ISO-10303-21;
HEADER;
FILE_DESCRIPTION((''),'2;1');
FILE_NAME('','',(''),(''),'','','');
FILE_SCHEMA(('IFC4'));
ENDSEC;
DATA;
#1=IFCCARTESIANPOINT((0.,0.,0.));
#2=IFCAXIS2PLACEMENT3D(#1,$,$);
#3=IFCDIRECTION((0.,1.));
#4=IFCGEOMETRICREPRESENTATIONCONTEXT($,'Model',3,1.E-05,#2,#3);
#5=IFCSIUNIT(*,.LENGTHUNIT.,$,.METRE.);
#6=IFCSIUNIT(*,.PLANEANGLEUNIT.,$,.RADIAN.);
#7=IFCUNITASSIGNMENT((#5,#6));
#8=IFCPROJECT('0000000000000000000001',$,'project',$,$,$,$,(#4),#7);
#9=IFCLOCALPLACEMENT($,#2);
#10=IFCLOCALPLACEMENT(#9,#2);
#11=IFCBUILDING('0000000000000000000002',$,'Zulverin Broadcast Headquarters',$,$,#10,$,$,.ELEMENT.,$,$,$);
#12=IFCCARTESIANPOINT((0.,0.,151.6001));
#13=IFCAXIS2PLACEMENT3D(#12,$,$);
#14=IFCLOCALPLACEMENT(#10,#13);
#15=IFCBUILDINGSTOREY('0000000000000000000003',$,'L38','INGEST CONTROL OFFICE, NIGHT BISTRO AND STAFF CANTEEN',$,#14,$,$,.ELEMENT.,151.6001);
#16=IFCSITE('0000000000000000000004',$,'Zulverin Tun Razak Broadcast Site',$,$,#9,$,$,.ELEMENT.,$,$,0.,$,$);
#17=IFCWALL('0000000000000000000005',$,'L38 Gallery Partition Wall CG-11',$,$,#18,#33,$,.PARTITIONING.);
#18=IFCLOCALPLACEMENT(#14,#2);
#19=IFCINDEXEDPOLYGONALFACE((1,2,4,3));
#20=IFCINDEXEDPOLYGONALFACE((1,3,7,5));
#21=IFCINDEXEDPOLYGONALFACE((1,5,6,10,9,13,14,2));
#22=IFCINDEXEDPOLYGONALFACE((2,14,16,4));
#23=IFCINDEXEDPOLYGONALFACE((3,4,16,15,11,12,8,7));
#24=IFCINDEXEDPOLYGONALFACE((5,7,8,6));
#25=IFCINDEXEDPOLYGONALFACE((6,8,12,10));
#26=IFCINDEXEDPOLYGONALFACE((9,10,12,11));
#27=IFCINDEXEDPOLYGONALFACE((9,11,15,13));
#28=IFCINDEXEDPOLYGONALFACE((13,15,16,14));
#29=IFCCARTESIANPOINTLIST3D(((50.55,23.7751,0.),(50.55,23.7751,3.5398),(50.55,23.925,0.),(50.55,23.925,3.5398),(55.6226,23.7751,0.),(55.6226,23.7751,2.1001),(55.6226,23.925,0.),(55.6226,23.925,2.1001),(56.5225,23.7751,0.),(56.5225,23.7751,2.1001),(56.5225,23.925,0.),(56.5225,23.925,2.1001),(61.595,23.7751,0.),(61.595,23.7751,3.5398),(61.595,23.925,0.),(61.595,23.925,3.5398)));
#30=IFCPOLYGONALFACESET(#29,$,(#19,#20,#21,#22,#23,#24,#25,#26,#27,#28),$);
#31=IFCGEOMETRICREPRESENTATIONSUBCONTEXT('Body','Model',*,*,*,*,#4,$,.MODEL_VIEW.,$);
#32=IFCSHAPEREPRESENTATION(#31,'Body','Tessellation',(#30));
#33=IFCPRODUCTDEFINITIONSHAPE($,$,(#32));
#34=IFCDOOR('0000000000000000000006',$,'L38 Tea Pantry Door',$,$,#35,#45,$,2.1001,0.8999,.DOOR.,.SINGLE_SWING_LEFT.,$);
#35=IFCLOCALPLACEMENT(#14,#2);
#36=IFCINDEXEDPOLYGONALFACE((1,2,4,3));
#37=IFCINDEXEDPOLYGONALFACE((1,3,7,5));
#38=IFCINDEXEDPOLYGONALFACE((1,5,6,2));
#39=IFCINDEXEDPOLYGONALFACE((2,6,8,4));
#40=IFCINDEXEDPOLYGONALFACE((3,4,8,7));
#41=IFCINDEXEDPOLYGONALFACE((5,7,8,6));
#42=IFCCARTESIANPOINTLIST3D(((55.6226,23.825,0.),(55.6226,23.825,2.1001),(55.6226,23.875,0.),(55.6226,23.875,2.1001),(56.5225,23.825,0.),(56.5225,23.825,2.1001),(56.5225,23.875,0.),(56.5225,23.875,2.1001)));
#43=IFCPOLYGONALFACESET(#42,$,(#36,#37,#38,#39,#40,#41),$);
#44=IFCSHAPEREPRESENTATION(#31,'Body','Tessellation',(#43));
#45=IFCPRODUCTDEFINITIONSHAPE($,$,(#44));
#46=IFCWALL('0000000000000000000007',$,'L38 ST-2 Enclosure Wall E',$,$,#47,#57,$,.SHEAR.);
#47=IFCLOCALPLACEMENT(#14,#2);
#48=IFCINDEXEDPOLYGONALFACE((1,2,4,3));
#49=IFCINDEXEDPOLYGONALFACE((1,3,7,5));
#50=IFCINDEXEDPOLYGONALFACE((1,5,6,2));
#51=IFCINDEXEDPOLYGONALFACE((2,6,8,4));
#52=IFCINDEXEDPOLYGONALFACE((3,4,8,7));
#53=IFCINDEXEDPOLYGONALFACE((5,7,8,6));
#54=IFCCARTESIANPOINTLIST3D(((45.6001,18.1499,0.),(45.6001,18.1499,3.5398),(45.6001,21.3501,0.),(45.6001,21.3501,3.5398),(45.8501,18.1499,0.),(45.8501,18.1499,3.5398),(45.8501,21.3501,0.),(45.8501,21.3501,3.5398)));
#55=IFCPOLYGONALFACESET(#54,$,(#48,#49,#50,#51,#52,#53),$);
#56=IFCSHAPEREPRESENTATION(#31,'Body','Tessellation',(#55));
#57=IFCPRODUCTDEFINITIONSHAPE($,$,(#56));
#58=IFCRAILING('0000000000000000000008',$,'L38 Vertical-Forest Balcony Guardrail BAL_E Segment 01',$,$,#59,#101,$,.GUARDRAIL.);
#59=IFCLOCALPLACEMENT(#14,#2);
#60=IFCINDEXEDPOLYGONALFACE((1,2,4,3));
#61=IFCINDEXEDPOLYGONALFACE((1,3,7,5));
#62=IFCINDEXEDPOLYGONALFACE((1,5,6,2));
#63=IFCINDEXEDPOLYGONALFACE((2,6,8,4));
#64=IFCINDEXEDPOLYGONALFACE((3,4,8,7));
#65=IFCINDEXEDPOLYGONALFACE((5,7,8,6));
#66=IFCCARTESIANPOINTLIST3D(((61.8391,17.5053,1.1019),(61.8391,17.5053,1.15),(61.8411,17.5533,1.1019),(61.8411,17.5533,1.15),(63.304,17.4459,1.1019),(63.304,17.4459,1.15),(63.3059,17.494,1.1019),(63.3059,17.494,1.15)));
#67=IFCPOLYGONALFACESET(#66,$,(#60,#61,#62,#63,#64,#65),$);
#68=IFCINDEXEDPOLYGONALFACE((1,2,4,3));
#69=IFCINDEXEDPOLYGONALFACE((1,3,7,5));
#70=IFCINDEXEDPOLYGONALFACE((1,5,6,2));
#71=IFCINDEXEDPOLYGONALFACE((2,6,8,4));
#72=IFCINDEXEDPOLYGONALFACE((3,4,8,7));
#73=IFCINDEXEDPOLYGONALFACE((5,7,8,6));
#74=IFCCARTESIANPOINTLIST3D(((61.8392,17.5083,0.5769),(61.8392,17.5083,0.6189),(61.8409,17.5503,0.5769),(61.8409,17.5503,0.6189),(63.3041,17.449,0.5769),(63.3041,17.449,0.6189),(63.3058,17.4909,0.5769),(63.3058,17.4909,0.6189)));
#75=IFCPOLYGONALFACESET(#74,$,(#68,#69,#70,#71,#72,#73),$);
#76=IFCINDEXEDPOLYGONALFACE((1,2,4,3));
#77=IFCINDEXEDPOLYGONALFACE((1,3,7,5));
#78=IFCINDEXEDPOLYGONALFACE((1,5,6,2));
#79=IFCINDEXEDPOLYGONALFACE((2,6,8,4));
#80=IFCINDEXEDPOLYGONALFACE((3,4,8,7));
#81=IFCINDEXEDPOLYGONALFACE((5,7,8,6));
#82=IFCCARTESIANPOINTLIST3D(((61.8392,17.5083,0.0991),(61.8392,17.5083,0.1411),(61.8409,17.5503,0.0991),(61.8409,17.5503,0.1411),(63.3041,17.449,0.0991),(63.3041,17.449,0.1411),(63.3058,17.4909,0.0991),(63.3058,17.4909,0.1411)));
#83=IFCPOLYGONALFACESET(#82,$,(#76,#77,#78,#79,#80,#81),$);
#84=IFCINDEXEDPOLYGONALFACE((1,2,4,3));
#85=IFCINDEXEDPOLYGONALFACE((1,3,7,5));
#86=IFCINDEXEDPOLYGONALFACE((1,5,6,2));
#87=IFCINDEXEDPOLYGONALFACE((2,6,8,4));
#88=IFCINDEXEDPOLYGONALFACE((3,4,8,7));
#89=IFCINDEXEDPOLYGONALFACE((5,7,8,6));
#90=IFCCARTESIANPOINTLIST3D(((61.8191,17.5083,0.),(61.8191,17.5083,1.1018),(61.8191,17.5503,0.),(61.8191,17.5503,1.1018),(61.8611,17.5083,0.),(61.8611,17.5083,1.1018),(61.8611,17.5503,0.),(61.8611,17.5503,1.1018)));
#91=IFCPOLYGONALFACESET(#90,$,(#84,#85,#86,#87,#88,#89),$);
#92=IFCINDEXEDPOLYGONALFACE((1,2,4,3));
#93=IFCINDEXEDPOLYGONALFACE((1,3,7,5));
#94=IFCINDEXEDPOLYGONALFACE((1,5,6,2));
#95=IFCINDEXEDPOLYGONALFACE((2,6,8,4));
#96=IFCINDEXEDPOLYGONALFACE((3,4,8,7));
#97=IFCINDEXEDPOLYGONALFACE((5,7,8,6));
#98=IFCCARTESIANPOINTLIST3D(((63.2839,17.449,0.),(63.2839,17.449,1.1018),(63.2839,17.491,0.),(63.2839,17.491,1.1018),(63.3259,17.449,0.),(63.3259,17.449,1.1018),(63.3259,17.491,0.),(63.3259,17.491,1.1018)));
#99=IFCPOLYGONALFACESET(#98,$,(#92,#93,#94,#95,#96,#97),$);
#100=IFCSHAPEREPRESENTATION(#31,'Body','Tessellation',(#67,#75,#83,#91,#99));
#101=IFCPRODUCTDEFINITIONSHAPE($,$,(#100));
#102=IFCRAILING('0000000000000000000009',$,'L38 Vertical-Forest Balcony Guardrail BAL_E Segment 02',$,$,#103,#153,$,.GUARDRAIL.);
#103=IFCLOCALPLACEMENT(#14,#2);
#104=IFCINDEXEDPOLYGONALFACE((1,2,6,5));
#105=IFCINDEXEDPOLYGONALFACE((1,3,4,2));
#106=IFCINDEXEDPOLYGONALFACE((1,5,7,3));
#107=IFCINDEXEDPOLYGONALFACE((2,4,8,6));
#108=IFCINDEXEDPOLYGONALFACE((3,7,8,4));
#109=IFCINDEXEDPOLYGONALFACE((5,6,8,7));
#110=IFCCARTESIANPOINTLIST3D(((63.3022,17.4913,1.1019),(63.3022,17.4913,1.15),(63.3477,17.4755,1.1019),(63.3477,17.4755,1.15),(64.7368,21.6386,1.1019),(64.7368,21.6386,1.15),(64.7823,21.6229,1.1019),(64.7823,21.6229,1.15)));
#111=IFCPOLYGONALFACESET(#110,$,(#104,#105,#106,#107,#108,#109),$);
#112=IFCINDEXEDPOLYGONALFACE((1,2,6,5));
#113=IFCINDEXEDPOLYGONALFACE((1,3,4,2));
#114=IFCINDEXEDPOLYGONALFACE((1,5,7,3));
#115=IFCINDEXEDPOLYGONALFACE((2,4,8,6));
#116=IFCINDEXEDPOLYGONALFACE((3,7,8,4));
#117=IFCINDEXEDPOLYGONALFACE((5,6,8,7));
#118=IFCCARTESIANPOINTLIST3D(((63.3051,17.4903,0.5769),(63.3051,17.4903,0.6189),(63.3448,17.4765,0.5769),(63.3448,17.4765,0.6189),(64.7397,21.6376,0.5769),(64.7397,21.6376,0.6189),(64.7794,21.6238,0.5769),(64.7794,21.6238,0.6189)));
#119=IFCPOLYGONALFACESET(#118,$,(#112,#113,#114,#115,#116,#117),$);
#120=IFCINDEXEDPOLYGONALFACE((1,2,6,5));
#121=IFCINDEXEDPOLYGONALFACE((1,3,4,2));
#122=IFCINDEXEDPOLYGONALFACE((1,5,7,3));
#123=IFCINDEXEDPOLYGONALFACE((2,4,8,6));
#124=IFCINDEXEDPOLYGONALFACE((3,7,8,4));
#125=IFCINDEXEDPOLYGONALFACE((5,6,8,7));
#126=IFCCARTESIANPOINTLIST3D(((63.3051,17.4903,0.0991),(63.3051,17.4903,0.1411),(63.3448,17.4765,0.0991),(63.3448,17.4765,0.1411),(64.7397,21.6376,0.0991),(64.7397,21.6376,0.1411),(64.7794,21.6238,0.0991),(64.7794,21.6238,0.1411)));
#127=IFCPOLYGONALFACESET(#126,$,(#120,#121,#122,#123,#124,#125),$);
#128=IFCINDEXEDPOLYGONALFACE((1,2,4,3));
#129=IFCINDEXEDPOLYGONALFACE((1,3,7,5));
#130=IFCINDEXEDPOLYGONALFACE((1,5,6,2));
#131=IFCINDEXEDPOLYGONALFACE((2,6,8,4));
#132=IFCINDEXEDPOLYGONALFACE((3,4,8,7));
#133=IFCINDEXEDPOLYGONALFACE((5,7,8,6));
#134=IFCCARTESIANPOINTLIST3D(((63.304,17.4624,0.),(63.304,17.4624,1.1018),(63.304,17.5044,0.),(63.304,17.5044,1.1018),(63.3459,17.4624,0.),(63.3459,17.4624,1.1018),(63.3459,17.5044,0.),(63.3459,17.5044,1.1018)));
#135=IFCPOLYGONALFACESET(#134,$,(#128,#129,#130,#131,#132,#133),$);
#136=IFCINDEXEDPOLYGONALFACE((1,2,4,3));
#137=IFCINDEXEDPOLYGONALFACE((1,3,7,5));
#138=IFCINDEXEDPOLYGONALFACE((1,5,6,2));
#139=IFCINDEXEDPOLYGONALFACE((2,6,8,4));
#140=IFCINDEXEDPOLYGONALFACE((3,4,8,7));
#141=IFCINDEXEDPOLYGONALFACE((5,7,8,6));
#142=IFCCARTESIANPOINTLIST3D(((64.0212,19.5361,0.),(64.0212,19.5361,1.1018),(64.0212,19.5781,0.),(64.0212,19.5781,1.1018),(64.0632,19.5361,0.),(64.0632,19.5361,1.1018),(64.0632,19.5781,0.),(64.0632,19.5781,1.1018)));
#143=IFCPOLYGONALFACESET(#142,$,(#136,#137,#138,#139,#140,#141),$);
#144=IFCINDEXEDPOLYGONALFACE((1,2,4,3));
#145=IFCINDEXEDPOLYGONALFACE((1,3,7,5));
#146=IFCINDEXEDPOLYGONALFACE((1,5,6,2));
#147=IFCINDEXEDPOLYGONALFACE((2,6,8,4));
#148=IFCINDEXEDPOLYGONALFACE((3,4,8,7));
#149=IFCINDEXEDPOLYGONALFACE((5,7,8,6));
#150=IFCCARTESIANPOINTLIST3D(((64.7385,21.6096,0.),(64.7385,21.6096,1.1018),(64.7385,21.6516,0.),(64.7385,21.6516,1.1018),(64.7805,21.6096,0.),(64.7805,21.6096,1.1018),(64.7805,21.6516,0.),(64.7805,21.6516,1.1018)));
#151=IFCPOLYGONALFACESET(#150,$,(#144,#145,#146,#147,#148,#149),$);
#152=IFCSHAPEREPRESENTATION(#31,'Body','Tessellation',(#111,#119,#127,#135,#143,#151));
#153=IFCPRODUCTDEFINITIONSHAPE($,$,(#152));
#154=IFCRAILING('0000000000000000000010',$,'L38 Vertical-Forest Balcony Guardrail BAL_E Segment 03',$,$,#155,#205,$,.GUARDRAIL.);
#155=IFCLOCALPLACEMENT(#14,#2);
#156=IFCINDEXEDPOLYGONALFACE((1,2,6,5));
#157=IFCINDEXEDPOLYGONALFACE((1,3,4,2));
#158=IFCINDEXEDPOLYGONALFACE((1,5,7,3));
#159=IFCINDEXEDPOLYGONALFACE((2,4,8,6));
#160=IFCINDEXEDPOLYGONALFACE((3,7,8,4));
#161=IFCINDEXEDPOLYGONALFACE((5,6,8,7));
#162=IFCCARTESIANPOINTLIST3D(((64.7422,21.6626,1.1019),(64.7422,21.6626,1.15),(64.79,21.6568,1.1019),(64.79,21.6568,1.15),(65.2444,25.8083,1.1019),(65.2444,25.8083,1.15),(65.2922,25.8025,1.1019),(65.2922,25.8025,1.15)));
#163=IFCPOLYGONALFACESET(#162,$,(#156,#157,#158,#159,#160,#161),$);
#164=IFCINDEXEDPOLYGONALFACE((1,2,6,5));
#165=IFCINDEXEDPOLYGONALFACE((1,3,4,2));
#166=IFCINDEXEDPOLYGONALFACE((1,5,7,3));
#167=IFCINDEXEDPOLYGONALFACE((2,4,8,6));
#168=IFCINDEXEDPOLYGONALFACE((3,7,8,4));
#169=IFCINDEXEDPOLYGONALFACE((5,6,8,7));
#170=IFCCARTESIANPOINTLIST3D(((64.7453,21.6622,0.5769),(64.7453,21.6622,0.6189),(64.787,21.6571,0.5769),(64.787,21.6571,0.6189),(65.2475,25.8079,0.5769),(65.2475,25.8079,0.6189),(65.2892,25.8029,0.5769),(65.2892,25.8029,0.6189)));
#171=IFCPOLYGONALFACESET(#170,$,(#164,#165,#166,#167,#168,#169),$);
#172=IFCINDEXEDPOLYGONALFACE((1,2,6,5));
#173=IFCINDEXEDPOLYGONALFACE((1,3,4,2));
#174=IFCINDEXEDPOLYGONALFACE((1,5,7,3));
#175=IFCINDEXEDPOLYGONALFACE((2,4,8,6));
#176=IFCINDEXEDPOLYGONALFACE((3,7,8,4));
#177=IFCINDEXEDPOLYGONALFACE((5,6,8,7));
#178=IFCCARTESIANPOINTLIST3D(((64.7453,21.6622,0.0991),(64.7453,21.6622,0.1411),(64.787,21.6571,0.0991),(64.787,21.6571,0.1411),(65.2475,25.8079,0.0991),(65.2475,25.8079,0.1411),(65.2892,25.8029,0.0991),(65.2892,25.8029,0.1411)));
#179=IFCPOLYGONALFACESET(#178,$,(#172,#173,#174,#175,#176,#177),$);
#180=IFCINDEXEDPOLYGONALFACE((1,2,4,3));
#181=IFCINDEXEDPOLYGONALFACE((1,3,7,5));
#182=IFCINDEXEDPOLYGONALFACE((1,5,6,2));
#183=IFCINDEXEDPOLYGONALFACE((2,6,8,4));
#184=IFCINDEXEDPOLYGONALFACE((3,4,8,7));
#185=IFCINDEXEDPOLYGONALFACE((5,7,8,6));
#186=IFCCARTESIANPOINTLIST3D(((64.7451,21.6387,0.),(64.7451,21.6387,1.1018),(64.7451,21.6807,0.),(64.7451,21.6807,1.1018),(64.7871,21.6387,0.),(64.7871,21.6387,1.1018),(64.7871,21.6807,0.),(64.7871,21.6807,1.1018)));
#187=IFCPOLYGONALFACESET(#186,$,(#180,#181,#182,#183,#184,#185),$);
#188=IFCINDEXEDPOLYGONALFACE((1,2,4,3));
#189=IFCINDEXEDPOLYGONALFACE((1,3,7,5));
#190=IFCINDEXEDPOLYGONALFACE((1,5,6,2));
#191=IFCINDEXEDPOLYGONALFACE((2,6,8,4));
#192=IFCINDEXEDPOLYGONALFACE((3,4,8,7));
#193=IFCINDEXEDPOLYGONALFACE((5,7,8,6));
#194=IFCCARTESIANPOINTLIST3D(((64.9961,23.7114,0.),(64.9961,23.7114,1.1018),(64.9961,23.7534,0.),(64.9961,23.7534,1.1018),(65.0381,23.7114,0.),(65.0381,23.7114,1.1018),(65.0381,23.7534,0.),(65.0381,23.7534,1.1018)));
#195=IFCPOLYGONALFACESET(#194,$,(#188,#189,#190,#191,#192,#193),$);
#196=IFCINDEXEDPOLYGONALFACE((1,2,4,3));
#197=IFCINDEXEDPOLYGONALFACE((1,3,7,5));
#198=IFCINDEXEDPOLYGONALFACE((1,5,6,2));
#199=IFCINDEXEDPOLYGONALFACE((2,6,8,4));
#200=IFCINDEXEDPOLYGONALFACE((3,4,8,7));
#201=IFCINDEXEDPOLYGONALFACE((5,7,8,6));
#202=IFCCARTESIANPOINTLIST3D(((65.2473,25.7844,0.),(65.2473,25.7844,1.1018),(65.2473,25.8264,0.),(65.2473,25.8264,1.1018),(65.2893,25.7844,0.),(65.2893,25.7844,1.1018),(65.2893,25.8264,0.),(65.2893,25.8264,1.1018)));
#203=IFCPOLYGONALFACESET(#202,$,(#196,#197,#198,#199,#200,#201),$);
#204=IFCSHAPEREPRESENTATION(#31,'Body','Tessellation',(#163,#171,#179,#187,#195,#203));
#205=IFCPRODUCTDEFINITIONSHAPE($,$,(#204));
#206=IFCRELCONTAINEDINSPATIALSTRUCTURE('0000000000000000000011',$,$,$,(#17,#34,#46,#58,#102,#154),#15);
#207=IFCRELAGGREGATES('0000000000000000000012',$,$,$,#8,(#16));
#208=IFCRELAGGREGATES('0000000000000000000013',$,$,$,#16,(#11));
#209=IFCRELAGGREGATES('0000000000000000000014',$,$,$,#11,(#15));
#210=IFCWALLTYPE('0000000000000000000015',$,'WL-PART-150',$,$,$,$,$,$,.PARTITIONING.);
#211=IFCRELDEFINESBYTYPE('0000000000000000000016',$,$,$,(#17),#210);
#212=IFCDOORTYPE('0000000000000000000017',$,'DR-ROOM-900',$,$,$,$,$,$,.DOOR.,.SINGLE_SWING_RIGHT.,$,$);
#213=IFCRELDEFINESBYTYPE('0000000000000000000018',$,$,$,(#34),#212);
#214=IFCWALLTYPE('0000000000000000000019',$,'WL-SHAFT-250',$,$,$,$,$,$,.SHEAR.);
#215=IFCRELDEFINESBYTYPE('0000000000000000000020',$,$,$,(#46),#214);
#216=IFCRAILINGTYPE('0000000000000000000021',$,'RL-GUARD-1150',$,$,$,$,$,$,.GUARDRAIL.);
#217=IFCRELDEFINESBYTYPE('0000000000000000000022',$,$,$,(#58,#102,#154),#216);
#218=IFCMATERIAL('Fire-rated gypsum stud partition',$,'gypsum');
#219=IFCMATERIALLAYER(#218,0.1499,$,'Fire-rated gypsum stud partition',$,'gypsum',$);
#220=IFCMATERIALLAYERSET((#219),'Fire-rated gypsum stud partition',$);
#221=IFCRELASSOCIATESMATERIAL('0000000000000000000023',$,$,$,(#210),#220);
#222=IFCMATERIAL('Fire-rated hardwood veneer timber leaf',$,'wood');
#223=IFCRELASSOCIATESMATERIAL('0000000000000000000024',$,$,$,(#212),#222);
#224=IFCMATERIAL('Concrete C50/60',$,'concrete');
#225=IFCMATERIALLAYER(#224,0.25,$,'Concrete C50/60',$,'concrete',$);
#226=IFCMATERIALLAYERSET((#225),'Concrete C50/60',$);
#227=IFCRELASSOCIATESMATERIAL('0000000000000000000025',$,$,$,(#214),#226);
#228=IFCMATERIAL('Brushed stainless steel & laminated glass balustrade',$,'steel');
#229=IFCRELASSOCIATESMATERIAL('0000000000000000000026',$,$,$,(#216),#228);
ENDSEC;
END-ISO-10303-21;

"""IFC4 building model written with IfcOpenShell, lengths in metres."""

from ifc_helpers import new_model, si_unit, direction, frame, frame_2d, origin, origin_2d, place, context, subcontext, project, spatial, rectangle, extrude, material, layer, layer_set, type_object, element, fill, save


model = new_model("IFC4")

# Units and contexts
model_context = context("Model", 3, precision=1e-05, world=origin(), true_north=direction((0.0, 1.0)))
body_context = subcontext(model_context, "Body", "Model", "MODEL_VIEW")
ifc_project = project(units=[si_unit("LENGTHUNIT", "METRE"), si_unit("PLANEANGLEUNIT", "RADIAN")], contexts=[model_context])

# Site, building, storey
site_placement = place(None, origin())
site = spatial("IfcSite", under=ifc_project, at=site_placement, Name="Zulverin Tun Razak Broadcast Site", CompositionType="ELEMENT", RefElevation=0.0)
building_placement = place(site_placement, origin())
building = spatial("IfcBuilding", under=site, at=building_placement, Name="Zulverin Broadcast Headquarters", CompositionType="ELEMENT")
storey_placement = place(building_placement, frame((0.0, 0.0, 151.6001)))
storey = spatial("IfcBuildingStorey", under=building, at=storey_placement, Name="L38", Description="INGEST CONTROL OFFICE, NIGHT BISTRO AND STAFF CANTEEN", CompositionType="ELEMENT", Elevation=151.6001)

# Shared definitions
ifc_material_1 = material(Name="Concrete C50/60", Category="concrete")

# Wall, opening, door
ifc_material_2 = material(Name="Fire-rated gypsum stud partition", Category="gypsum")
ifc_layer_1 = layer(ifc_material_2, 0.1499, Name="Fire-rated gypsum stud partition", Category="gypsum")
ifc_layer_set_1 = layer_set([ifc_layer_1], Name="Fire-rated gypsum stud partition")
wall_type_1 = type_object("IfcWallType", Name="WL-PART-150", PredefinedType="PARTITIONING", material=ifc_layer_set_1)
wall_1_placement = place(storey_placement, frame((50.55, 23.8501, 0.0), z_axis=(0.0, 0.0, 1.0), x_axis=(1.0, 0.0, 0.0)))
wall_1 = element("IfcWall", 1, at=wall_1_placement, inside=storey, type_object=wall_type_1, Name="L38 Gallery Partition Wall CG-11", PredefinedType="PARTITIONING", context=body_context, shape_type="SweptSolid", body=[
    extrude(rectangle(XDim=11.0449, YDim=0.1499, at=frame_2d((5.5225, 0.0))), origin(), (0.0, 0.0, 1.0), 3.5398),
])
opening_1_placement = place(wall_1_placement, frame((5.0725, 0.0, 0.0)))
opening_1 = element("IfcOpeningElement", 2, at=opening_1_placement, cuts=wall_1, PredefinedType="OPENING", context=body_context, shape_type="SweptSolid", body=[
    extrude(rectangle(XDim=0.8999, YDim=2.1001, at=frame_2d((0.45, 1.05))), frame((0.0, 0.085, 0.0), z_axis=(0.0, -1.0, 0.0), x_axis=(1.0, 0.0, 0.0)), (0.0, 0.0, 1.0), 0.1699),
])
ifc_material_3 = material(Name="Fire-rated hardwood veneer timber leaf", Category="wood")
door_type_1 = type_object("IfcDoorType", Name="DR-ROOM-900", OperationType="SINGLE_SWING_RIGHT", PredefinedType="DOOR", material=ifc_material_3)
door_1_placement = place(opening_1_placement, origin())
door_1 = element("IfcDoor", 3, at=door_1_placement, inside=storey, type_object=door_type_1, Name="L38 Tea Pantry Door", OperationType="SINGLE_SWING_LEFT", OverallHeight=2.1001, OverallWidth=0.8999, PredefinedType="DOOR", context=body_context, shape_type="SweptSolid", body=[
    extrude(rectangle(XDim=0.8999, YDim=2.1001, at=frame_2d((0.45, 1.05))), frame((0.0, 0.0249, 0.0), z_axis=(0.0, -1.0, 0.0), x_axis=(1.0, 0.0, 0.0)), (0.0, 0.0, 1.0), 0.05),
])
fill(opening_1, door_1)

# Wall
ifc_layer_2 = layer(ifc_material_1, 0.25, Name="Concrete C50/60", Category="concrete")
ifc_layer_set_2 = layer_set([ifc_layer_2], Name="Concrete C50/60")
wall_type_2 = type_object("IfcWallType", Name="WL-SHAFT-250", PredefinedType="SHEAR", material=ifc_layer_set_2)
wall_2_placement = place(storey_placement, frame((45.7251, 18.1499, 0.0), z_axis=(0.0, 0.0, 1.0), x_axis=(0.0, 1.0, 0.0)))
element("IfcWall", 4, at=wall_2_placement, inside=storey, type_object=wall_type_2, Name="L38 ST-2 Enclosure Wall E", PredefinedType="SHEAR", context=body_context, shape_type="SweptSolid", body=[
    extrude(rectangle(XDim=3.2002, YDim=0.25, at=frame_2d((1.6001, 0.0))), origin(), (0.0, 0.0, 1.0), 3.5398),
])

# Railings
ifc_material_4 = material(Name="Brushed stainless steel & laminated glass balustrade", Category="steel")
railing_type = type_object("IfcRailingType", Name="RL-GUARD-1150", PredefinedType="GUARDRAIL", material=ifc_material_4)
railing_1_placement = place(storey_placement, frame((61.8401, 17.5293, 0.0)))
element("IfcRailing", 5, at=railing_1_placement, inside=storey, type_object=railing_type, Name="L38 Vertical-Forest Balcony Guardrail BAL_E Segment 01", PredefinedType="GUARDRAIL", context=body_context, shape_type="SweptSolid", body=[
    extrude(rectangle(XDim=0.0481, YDim=0.0481, at=origin_2d()), frame((0.0, 0.0, 1.126), z_axis=(0.999181, -0.040467, 0.0), x_axis=(0.040467, 0.999181, 0.0)), (0.0, 0.0, 1.0), 1.4661),
    extrude(rectangle(XDim=0.042, YDim=0.042, at=origin_2d()), frame((0.0, 0.0, 0.5979), z_axis=(0.999181, -0.040467, 0.0), x_axis=(0.040467, 0.999181, 0.0)), (0.0, 0.0, 1.0), 1.4661),
    extrude(rectangle(XDim=0.042, YDim=0.042, at=origin_2d()), frame((0.0, 0.0, 0.1201), z_axis=(0.999181, -0.040467, 0.0), x_axis=(0.040467, 0.999181, 0.0)), (0.0, 0.0, 1.0), 1.4661),
    extrude(rectangle(XDim=0.042, YDim=0.042, at=origin_2d()), origin(), (0.0, 0.0, 1.0), 1.1018),
    extrude(rectangle(XDim=0.042, YDim=0.042, at=origin_2d()), frame((1.4648, -0.0593, 0.0)), (0.0, 0.0, 1.0), 1.1018),
])
railing_2_placement = place(storey_placement, frame((63.325, 17.4834, 0.0)))
element("IfcRailing", 6, at=railing_2_placement, inside=storey, type_object=railing_type, Name="L38 Vertical-Forest Balcony Guardrail BAL_E Segment 02", PredefinedType="GUARDRAIL", context=body_context, shape_type="SweptSolid", body=[
    extrude(rectangle(XDim=0.0481, YDim=0.0481, at=origin_2d()), frame((0.0, 0.0, 1.126), z_axis=(0.326906, 0.945057, 0.0), x_axis=(-0.945057, 0.326906, 0.0)), (0.0, 0.0, 1.0), 4.3884),
    extrude(rectangle(XDim=0.042, YDim=0.042, at=origin_2d()), frame((0.0, 0.0, 0.5979), z_axis=(0.326906, 0.945057, 0.0), x_axis=(-0.945057, 0.326906, 0.0)), (0.0, 0.0, 1.0), 4.3884),
    extrude(rectangle(XDim=0.042, YDim=0.042, at=origin_2d()), frame((0.0, 0.0, 0.1201), z_axis=(0.326906, 0.945057, 0.0), x_axis=(-0.945057, 0.326906, 0.0)), (0.0, 0.0, 1.0), 4.3884),
    extrude(rectangle(XDim=0.042, YDim=0.042, at=origin_2d()), origin(), (0.0, 0.0, 1.0), 1.1018),
    extrude(rectangle(XDim=0.042, YDim=0.042, at=origin_2d()), frame((0.7173, 2.0737, 0.0)), (0.0, 0.0, 1.0), 1.1018),
    extrude(rectangle(XDim=0.042, YDim=0.042, at=origin_2d()), frame((1.4346, 4.1472, 0.0)), (0.0, 0.0, 1.0), 1.1018),
])
railing_3_placement = place(storey_placement, frame((64.7661, 21.6597, 0.0)))
element("IfcRailing", 7, at=railing_3_placement, inside=storey, type_object=railing_type, Name="L38 Vertical-Forest Balcony Guardrail BAL_E Segment 03", PredefinedType="GUARDRAIL", context=body_context, shape_type="SweptSolid", body=[
    extrude(rectangle(XDim=0.0481, YDim=0.0481, at=origin_2d()), frame((0.0, 0.0, 1.126), z_axis=(0.120256, 0.992743, 0.0), x_axis=(-0.992743, 0.120256, 0.0)), (0.0, 0.0, 1.0), 4.176),
    extrude(rectangle(XDim=0.042, YDim=0.042, at=origin_2d()), frame((0.0, 0.0, 0.5979), z_axis=(0.120256, 0.992743, 0.0), x_axis=(-0.992743, 0.120256, 0.0)), (0.0, 0.0, 1.0), 4.176),
    extrude(rectangle(XDim=0.042, YDim=0.042, at=origin_2d()), frame((0.0, 0.0, 0.1201), z_axis=(0.120256, 0.992743, 0.0), x_axis=(-0.992743, 0.120256, 0.0)), (0.0, 0.0, 1.0), 4.176),
    extrude(rectangle(XDim=0.042, YDim=0.042, at=origin_2d()), origin(), (0.0, 0.0, 1.0), 1.1018),
    extrude(rectangle(XDim=0.042, YDim=0.042, at=origin_2d()), frame((0.251, 2.0728, 0.0)), (0.0, 0.0, 1.0), 1.1018),
    extrude(rectangle(XDim=0.042, YDim=0.042, at=origin_2d()), frame((0.5022, 4.1458, 0.0)), (0.0, 0.0, 1.0), 1.1018),
])

save(model, "model.ifc")
